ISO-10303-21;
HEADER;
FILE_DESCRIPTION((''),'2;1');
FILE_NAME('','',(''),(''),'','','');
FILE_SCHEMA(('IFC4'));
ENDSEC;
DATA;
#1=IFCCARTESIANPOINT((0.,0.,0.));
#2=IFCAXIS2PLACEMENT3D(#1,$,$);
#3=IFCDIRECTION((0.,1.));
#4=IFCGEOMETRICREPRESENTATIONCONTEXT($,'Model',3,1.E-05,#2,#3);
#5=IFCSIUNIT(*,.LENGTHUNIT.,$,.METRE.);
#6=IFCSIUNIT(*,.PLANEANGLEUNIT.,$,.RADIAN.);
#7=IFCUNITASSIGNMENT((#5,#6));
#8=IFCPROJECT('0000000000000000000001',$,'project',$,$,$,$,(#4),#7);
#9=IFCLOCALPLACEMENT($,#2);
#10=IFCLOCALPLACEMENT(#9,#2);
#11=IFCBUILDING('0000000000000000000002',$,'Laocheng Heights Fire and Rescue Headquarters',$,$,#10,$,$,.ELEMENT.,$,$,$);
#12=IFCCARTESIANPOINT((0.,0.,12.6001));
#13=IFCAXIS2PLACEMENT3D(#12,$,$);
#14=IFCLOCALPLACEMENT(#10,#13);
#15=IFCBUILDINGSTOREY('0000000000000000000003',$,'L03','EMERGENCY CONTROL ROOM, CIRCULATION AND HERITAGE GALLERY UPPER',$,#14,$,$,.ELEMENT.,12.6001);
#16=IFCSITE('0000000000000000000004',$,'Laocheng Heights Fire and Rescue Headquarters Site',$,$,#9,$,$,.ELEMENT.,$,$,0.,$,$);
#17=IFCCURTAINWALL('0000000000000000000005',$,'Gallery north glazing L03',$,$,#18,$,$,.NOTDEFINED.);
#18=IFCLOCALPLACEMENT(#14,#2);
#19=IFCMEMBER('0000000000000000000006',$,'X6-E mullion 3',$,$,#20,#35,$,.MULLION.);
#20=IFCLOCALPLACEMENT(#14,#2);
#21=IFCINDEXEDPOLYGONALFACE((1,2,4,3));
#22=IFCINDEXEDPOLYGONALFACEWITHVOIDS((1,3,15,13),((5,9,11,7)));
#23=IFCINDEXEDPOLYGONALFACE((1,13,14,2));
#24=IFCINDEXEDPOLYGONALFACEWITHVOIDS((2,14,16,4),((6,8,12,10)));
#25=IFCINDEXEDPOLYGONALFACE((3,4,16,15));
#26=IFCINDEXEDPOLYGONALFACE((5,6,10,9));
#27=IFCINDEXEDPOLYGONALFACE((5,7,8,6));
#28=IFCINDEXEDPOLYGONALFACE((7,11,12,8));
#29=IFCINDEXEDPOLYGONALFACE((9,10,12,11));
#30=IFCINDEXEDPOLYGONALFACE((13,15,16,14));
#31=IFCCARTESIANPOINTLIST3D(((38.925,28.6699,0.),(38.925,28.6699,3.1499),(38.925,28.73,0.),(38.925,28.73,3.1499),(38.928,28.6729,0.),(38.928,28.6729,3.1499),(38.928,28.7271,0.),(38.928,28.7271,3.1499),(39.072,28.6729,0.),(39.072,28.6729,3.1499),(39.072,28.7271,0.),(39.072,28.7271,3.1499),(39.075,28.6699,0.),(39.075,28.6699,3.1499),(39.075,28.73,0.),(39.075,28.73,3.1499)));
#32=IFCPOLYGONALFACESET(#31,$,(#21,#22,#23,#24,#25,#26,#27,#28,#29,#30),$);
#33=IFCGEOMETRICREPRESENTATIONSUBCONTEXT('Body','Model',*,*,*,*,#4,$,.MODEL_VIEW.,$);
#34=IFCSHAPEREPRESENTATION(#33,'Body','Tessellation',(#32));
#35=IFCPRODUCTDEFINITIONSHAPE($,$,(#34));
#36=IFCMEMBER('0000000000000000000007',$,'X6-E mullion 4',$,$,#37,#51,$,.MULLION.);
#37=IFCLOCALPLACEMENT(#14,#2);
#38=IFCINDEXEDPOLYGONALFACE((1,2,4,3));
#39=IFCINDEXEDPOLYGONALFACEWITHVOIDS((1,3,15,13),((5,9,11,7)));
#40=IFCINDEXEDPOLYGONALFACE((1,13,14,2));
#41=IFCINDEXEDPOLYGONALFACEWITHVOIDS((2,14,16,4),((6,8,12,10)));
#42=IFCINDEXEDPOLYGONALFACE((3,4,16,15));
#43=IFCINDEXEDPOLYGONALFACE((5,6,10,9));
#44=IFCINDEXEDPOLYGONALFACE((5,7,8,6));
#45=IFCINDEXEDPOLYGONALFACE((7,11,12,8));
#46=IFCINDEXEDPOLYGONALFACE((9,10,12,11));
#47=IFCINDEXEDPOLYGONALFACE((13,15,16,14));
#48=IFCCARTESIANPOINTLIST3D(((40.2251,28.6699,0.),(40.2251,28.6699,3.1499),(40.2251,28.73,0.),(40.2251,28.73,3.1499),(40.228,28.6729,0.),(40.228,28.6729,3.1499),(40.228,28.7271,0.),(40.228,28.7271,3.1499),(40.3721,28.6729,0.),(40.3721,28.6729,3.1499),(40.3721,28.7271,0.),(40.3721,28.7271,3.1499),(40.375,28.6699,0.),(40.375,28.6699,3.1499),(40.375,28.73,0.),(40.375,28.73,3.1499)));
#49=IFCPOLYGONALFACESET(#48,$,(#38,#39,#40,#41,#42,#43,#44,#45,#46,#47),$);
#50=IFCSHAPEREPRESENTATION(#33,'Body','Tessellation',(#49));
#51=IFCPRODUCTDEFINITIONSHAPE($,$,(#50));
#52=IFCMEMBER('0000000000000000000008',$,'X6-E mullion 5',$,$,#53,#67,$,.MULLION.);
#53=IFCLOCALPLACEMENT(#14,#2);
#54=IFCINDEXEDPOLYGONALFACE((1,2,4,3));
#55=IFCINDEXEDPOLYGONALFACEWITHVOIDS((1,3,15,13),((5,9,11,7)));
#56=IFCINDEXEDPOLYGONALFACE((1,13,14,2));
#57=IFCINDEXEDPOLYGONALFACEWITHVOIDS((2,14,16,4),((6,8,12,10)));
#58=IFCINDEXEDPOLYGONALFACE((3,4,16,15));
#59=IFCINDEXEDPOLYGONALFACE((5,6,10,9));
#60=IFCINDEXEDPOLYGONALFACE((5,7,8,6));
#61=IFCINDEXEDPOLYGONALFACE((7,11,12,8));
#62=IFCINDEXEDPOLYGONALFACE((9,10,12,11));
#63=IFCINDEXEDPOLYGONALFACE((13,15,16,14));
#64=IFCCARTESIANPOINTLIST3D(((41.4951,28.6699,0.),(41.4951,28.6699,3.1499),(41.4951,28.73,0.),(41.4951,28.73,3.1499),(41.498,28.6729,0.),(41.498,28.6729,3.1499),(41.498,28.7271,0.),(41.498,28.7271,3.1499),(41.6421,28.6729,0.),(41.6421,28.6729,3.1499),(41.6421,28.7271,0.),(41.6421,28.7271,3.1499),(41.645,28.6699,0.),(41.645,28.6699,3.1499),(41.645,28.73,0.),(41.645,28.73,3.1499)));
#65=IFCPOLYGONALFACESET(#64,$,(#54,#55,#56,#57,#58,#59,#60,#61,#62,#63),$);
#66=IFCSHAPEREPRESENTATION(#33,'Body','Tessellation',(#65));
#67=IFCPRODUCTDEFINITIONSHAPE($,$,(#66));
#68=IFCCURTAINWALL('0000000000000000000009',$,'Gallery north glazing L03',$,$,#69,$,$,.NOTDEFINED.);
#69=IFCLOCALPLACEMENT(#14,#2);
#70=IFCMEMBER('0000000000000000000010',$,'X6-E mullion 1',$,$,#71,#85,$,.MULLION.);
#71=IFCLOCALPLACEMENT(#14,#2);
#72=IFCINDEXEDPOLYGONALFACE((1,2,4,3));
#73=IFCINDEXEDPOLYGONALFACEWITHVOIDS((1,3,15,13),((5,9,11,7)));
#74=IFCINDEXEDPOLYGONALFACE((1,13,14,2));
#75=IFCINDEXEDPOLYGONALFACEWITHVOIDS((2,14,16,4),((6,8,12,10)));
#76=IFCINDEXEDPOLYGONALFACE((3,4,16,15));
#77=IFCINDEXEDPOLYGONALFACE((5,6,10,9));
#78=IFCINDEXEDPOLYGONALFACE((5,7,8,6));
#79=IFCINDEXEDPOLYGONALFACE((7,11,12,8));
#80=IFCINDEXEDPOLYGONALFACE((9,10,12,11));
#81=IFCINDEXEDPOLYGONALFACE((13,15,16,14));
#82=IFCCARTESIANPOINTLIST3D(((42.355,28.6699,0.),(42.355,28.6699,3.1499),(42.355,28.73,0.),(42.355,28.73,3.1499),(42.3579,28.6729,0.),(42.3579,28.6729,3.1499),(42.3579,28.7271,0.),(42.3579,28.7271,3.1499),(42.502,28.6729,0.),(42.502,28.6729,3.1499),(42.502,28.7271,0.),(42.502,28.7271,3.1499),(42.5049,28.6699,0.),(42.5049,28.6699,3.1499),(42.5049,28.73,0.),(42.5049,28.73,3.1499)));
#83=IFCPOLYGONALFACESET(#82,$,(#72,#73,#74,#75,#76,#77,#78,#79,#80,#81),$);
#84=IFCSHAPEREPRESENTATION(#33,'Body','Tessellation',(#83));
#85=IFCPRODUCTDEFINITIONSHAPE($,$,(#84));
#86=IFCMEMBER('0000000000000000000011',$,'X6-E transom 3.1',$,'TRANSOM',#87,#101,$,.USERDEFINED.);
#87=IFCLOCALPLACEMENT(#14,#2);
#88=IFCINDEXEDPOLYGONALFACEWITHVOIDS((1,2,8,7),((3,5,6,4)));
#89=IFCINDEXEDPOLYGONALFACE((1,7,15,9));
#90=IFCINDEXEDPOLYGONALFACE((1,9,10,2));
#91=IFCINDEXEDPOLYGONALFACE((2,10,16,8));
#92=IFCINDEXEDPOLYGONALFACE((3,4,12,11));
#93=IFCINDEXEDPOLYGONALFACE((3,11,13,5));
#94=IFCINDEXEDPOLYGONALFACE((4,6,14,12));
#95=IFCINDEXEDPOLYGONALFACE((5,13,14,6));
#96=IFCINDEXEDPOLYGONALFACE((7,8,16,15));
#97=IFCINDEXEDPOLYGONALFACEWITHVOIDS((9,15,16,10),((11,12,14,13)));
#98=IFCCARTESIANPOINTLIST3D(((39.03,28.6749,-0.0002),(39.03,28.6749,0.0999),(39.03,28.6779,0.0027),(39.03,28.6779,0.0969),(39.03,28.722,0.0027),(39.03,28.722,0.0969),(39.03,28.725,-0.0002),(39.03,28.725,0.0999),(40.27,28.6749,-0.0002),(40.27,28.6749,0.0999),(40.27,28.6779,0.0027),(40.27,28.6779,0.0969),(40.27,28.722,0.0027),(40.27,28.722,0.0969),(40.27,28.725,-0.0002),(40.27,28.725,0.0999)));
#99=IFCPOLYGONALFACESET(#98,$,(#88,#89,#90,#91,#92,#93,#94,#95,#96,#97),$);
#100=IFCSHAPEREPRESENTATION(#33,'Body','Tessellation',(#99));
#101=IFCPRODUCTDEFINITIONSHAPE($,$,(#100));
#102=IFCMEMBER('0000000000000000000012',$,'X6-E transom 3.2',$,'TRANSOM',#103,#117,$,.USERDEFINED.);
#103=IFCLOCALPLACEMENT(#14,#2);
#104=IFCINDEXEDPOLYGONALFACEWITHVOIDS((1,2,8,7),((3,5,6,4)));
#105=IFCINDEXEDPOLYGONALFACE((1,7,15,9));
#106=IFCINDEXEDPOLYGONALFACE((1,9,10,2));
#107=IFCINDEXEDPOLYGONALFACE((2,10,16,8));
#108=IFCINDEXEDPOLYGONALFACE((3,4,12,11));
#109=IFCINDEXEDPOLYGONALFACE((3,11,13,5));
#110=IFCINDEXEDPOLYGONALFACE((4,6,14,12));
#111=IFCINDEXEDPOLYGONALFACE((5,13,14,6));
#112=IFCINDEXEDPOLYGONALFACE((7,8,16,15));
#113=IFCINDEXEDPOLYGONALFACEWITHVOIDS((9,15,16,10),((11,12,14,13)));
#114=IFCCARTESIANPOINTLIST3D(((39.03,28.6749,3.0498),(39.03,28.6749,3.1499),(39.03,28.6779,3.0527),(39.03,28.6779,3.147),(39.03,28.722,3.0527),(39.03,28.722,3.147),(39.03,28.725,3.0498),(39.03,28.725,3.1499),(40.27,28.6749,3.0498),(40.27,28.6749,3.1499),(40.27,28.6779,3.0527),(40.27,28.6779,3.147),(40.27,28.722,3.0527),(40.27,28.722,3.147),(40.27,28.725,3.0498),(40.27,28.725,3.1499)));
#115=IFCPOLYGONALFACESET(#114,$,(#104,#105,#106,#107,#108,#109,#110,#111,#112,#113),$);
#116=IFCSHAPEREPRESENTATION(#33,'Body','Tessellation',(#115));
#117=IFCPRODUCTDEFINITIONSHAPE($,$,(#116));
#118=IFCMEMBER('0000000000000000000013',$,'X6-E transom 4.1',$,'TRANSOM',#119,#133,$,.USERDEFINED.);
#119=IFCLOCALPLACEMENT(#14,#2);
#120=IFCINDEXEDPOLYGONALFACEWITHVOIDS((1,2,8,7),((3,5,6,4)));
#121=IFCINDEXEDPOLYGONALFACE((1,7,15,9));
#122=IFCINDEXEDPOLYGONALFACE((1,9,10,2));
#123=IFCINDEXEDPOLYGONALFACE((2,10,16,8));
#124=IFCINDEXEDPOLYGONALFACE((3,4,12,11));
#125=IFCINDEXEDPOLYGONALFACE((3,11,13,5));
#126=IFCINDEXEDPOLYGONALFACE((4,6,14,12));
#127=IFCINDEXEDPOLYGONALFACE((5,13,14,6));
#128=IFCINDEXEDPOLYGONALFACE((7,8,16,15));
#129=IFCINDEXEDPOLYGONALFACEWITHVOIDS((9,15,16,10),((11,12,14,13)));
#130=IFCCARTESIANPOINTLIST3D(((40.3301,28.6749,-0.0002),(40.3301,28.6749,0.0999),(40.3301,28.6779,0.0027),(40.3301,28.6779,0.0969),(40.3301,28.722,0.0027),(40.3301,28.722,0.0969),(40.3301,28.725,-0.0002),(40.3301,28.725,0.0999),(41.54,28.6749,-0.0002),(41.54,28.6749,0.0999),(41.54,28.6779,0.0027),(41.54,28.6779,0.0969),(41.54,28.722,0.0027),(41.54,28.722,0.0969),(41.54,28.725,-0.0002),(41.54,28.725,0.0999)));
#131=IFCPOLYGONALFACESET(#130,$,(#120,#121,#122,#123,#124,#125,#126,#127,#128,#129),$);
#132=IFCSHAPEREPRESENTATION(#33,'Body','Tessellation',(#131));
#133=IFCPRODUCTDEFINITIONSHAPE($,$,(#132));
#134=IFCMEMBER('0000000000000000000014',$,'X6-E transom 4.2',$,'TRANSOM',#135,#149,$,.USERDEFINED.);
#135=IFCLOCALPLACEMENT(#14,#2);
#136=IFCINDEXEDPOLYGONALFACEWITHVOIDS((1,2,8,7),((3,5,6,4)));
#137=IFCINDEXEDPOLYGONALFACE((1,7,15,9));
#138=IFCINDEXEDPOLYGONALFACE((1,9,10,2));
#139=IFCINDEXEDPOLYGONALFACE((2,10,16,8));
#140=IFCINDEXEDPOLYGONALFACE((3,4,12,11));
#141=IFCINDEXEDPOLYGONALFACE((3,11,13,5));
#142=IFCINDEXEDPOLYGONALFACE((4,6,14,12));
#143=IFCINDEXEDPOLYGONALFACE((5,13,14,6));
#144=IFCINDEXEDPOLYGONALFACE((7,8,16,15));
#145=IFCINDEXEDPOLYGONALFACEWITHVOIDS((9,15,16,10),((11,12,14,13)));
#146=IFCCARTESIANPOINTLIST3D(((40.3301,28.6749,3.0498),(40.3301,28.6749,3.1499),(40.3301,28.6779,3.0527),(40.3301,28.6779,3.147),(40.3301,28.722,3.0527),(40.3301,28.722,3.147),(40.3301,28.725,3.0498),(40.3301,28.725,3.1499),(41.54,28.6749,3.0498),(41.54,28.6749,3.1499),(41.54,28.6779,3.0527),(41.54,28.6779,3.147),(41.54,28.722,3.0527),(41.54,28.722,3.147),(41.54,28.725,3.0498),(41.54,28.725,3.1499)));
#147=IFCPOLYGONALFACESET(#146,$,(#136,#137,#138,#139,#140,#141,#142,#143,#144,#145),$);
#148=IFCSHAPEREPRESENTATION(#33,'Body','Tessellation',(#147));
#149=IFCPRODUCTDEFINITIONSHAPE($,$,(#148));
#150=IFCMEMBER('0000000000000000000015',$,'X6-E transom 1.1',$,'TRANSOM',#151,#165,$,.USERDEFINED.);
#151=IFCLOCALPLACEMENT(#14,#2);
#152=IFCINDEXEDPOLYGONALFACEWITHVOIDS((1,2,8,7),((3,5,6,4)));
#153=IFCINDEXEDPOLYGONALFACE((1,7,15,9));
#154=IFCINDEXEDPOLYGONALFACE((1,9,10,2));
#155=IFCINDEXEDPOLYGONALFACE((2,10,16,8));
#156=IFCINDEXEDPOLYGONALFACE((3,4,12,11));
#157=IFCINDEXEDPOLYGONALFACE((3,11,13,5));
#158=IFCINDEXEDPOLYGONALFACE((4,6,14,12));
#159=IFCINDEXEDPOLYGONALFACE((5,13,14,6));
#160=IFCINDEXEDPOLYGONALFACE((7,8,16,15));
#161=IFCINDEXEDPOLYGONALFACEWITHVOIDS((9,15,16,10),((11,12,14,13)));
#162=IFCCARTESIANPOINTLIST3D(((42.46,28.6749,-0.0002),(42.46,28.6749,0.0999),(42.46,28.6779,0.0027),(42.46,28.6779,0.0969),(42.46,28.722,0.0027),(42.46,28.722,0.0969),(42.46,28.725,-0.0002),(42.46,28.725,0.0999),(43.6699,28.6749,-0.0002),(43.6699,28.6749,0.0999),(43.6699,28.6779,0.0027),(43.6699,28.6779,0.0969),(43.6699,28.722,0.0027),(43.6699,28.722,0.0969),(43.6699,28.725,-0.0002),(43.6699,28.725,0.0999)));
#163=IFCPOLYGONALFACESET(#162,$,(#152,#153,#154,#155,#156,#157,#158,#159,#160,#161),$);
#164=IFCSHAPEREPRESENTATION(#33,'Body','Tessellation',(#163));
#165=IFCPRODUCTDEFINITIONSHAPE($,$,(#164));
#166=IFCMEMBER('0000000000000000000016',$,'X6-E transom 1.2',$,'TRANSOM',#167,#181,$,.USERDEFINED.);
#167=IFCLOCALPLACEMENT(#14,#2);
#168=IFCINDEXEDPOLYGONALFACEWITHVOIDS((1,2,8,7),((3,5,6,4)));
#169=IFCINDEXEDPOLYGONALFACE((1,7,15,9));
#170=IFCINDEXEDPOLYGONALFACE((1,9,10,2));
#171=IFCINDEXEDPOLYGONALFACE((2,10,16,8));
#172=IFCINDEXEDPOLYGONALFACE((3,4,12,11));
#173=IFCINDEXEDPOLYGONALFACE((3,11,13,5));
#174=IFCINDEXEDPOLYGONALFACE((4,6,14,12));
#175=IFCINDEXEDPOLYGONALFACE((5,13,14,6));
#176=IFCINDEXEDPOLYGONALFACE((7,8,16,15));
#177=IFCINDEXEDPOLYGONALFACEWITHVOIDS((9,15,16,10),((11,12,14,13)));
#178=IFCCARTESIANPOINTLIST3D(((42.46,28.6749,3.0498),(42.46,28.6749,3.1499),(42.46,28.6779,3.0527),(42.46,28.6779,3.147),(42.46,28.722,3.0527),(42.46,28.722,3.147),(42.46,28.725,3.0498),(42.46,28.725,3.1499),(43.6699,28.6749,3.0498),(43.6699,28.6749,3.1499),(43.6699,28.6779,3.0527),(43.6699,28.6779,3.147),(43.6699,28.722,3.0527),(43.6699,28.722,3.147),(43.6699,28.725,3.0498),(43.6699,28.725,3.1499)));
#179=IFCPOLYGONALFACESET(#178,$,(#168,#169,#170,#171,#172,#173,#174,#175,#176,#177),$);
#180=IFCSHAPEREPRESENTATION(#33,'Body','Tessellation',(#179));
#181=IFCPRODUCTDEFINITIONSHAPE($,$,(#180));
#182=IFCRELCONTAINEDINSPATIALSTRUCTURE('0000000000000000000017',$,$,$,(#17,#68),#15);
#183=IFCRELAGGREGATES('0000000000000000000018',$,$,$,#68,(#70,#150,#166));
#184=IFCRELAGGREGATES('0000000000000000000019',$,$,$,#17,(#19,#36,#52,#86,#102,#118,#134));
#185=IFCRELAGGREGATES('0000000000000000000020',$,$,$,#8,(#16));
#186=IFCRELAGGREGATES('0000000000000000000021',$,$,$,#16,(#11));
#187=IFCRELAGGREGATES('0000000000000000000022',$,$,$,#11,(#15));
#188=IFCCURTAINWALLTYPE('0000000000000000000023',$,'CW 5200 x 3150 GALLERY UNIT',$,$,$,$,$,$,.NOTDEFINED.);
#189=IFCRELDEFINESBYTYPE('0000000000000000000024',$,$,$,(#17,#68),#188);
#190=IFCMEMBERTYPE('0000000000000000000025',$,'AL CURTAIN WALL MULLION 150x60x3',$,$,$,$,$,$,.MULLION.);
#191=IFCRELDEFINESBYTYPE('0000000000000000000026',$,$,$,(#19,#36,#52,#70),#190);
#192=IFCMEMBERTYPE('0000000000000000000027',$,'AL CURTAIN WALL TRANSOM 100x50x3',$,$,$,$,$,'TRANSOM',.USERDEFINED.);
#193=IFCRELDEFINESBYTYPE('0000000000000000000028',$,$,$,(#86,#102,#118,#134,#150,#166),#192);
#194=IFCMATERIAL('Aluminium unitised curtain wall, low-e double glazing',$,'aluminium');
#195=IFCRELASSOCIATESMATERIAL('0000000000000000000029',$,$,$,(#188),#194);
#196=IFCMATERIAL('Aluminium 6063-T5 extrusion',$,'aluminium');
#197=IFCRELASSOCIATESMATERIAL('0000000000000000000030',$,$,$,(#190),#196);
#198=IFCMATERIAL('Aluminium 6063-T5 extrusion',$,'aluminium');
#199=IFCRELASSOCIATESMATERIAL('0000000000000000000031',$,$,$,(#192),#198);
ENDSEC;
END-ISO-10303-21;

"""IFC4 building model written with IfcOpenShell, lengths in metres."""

from ifc_helpers import new_model, si_unit, direction, frame, origin, origin_2d, place, context, subcontext, project, spatial, hollow_rectangle, extrude, material, material_profile, profile_set, type_object, element, aggregate, save


model = new_model("IFC4")

# Units and contexts
model_context = context("Model", 3, precision=1e-05, world=origin(), true_north=direction((0.0, 1.0)))
body_context = subcontext(model_context, "Body", "Model", "MODEL_VIEW")
ifc_project = project(units=[si_unit("LENGTHUNIT", "METRE"), si_unit("PLANEANGLEUNIT", "RADIAN")], contexts=[model_context])

# Site, building, storey
site_placement = place(None, origin())
site = spatial("IfcSite", under=ifc_project, at=site_placement, Name="Laocheng Heights Fire and Rescue Headquarters Site", CompositionType="ELEMENT", RefElevation=0.0)
building_placement = place(site_placement, origin())
building = spatial("IfcBuilding", under=site, at=building_placement, Name="Laocheng Heights Fire and Rescue Headquarters", CompositionType="ELEMENT")
storey_placement = place(building_placement, frame((0.0, 0.0, 12.6001)))
storey = spatial("IfcBuildingStorey", under=building, at=storey_placement, Name="L03", Description="EMERGENCY CONTROL ROOM, CIRCULATION AND HERITAGE GALLERY UPPER", CompositionType="ELEMENT", Elevation=12.6001)

# Curtain wall, members
ifc_material_1 = material(Name="Aluminium unitised curtain wall, low-e double glazing", Category="aluminium")
curtain_wall_type = type_object("IfcCurtainWallType", Name="CW 5200 x 3150 GALLERY UNIT", PredefinedType="NOTDEFINED", material=ifc_material_1)
curtain_wall_1_placement = place(storey_placement, origin())
curtain_wall_1 = element("IfcCurtainWall", 1, at=curtain_wall_1_placement, inside=storey, type_object=curtain_wall_type, Name="Gallery north glazing L03", PredefinedType="NOTDEFINED")
ifc_material_2 = material(Name="Aluminium 6063-T5 extrusion", Category="aluminium")
ifc_material_profile_1 = material_profile(ifc_material_2, hollow_rectangle(XDim=0.0601, YDim=0.1499, WallThickness=0.0029, at=origin_2d()), Name="AL MULLION 150x60x3")
ifc_profile_set_1 = profile_set([ifc_material_profile_1], Name="Aluminium 6063-T5 extrusion")
member_type_1 = type_object("IfcMemberType", Name="AL CURTAIN WALL MULLION 150x60x3", PredefinedType="MULLION", material=ifc_profile_set_1)
member_1_placement = place(storey_placement, frame((39.0, 28.7, 0.0), z_axis=(0.0, 0.0, 1.0), x_axis=(0.0, 1.0, 0.0)))
member_1 = element("IfcMember", 2, at=member_1_placement, type_object=member_type_1, Name="X6-E mullion 3", PredefinedType="MULLION", context=body_context, shape_type="SweptSolid", body=[
    extrude(hollow_rectangle(XDim=0.0601, YDim=0.1499, WallThickness=0.0029, at=origin_2d()), origin(), (0.0, 0.0, 1.0), 3.1499),
])
member_2_placement = place(storey_placement, frame((40.3, 28.7, 0.0), z_axis=(0.0, 0.0, 1.0), x_axis=(0.0, 1.0, 0.0)))
member_2 = element("IfcMember", 3, at=member_2_placement, type_object=member_type_1, Name="X6-E mullion 4", PredefinedType="MULLION", context=body_context, shape_type="SweptSolid", body=[
    extrude(hollow_rectangle(XDim=0.0601, YDim=0.1499, WallThickness=0.0029, at=origin_2d()), origin(), (0.0, 0.0, 1.0), 3.1499),
])
member_3_placement = place(storey_placement, frame((41.5701, 28.7, 0.0), z_axis=(0.0, 0.0, 1.0), x_axis=(0.0, 1.0, 0.0)))
member_3 = element("IfcMember", 4, at=member_3_placement, type_object=member_type_1, Name="X6-E mullion 5", PredefinedType="MULLION", context=body_context, shape_type="SweptSolid", body=[
    extrude(hollow_rectangle(XDim=0.0601, YDim=0.1499, WallThickness=0.0029, at=origin_2d()), origin(), (0.0, 0.0, 1.0), 3.1499),
])

# Curtain wall, member
curtain_wall_2_placement = place(storey_placement, origin())
curtain_wall_2 = element("IfcCurtainWall", 5, at=curtain_wall_2_placement, inside=storey, type_object=curtain_wall_type, Name="Gallery north glazing L03", PredefinedType="NOTDEFINED")
member_4_placement = place(storey_placement, frame((42.4299, 28.7, 0.0), z_axis=(0.0, 0.0, 1.0), x_axis=(0.0, 1.0, 0.0)))
member_4 = element("IfcMember", 6, at=member_4_placement, type_object=member_type_1, Name="X6-E mullion 1", PredefinedType="MULLION", context=body_context, shape_type="SweptSolid", body=[
    extrude(hollow_rectangle(XDim=0.0601, YDim=0.1499, WallThickness=0.0029, at=origin_2d()), origin(), (0.0, 0.0, 1.0), 3.1499),
])

# Members
ifc_material_3 = material(Name="Aluminium 6063-T5 extrusion", Category="aluminium")
ifc_material_profile_2 = material_profile(ifc_material_3, hollow_rectangle(XDim=0.05, YDim=0.1001, WallThickness=0.0029, at=origin_2d()), Name="AL TRANSOM 100x50x3")
ifc_profile_set_2 = profile_set([ifc_material_profile_2], Name="Aluminium 6063-T5 extrusion")
member_type_2 = type_object("IfcMemberType", Name="AL CURTAIN WALL TRANSOM 100x50x3", ElementType="TRANSOM", PredefinedType="USERDEFINED", material=ifc_profile_set_2)
member_5_placement = place(storey_placement, frame((39.03, 28.7, 0.0498), z_axis=(1.0, 0.0, 0.0), x_axis=(0.0, 1.0, 0.0)))
member_5 = element("IfcMember", 7, at=member_5_placement, type_object=member_type_2, Name="X6-E transom 3.1", ObjectType="TRANSOM", PredefinedType="USERDEFINED", context=body_context, shape_type="SweptSolid", body=[
    extrude(hollow_rectangle(XDim=0.05, YDim=0.1001, WallThickness=0.0029, at=origin_2d()), origin(), (0.0, 0.0, 1.0), 1.24),
])
member_6_placement = place(storey_placement, frame((39.03, 28.7, 3.0999), z_axis=(1.0, 0.0, 0.0), x_axis=(0.0, 1.0, 0.0)))
member_6 = element("IfcMember", 8, at=member_6_placement, type_object=member_type_2, Name="X6-E transom 3.2", ObjectType="TRANSOM", PredefinedType="USERDEFINED", context=body_context, shape_type="SweptSolid", body=[
    extrude(hollow_rectangle(XDim=0.05, YDim=0.1001, WallThickness=0.0029, at=origin_2d()), origin(), (0.0, 0.0, 1.0), 1.24),
])
member_7_placement = place(storey_placement, frame((40.3301, 28.7, 0.0498), z_axis=(1.0, 0.0, 0.0), x_axis=(0.0, 1.0, 0.0)))
member_7 = element("IfcMember", 9, at=member_7_placement, type_object=member_type_2, Name="X6-E transom 4.1", ObjectType="TRANSOM", PredefinedType="USERDEFINED", context=body_context, shape_type="SweptSolid", body=[
    extrude(hollow_rectangle(XDim=0.05, YDim=0.1001, WallThickness=0.0029, at=origin_2d()), origin(), (0.0, 0.0, 1.0), 1.21),
])
member_8_placement = place(storey_placement, frame((40.3301, 28.7, 3.0999), z_axis=(1.0, 0.0, 0.0), x_axis=(0.0, 1.0, 0.0)))
member_8 = element("IfcMember", 10, at=member_8_placement, type_object=member_type_2, Name="X6-E transom 4.2", ObjectType="TRANSOM", PredefinedType="USERDEFINED", context=body_context, shape_type="SweptSolid", body=[
    extrude(hollow_rectangle(XDim=0.05, YDim=0.1001, WallThickness=0.0029, at=origin_2d()), origin(), (0.0, 0.0, 1.0), 1.21),
])
member_9_placement = place(storey_placement, frame((42.46, 28.7, 0.0498), z_axis=(1.0, 0.0, 0.0), x_axis=(0.0, 1.0, 0.0)))
member_9 = element("IfcMember", 11, at=member_9_placement, type_object=member_type_2, Name="X6-E transom 1.1", ObjectType="TRANSOM", PredefinedType="USERDEFINED", context=body_context, shape_type="SweptSolid", body=[
    extrude(hollow_rectangle(XDim=0.05, YDim=0.1001, WallThickness=0.0029, at=origin_2d()), origin(), (0.0, 0.0, 1.0), 1.21),
])
member_10_placement = place(storey_placement, frame((42.46, 28.7, 3.0999), z_axis=(1.0, 0.0, 0.0), x_axis=(0.0, 1.0, 0.0)))
member_10 = element("IfcMember", 12, at=member_10_placement, type_object=member_type_2, Name="X6-E transom 1.2", ObjectType="TRANSOM", PredefinedType="USERDEFINED", context=body_context, shape_type="SweptSolid", body=[
    extrude(hollow_rectangle(XDim=0.05, YDim=0.1001, WallThickness=0.0029, at=origin_2d()), origin(), (0.0, 0.0, 1.0), 1.21),
])
aggregate(curtain_wall_2, [member_4, member_9, member_10])

aggregate(curtain_wall_1, [member_1, member_2, member_3, member_5, member_6, member_7, member_8])

save(model, "model.ifc")
